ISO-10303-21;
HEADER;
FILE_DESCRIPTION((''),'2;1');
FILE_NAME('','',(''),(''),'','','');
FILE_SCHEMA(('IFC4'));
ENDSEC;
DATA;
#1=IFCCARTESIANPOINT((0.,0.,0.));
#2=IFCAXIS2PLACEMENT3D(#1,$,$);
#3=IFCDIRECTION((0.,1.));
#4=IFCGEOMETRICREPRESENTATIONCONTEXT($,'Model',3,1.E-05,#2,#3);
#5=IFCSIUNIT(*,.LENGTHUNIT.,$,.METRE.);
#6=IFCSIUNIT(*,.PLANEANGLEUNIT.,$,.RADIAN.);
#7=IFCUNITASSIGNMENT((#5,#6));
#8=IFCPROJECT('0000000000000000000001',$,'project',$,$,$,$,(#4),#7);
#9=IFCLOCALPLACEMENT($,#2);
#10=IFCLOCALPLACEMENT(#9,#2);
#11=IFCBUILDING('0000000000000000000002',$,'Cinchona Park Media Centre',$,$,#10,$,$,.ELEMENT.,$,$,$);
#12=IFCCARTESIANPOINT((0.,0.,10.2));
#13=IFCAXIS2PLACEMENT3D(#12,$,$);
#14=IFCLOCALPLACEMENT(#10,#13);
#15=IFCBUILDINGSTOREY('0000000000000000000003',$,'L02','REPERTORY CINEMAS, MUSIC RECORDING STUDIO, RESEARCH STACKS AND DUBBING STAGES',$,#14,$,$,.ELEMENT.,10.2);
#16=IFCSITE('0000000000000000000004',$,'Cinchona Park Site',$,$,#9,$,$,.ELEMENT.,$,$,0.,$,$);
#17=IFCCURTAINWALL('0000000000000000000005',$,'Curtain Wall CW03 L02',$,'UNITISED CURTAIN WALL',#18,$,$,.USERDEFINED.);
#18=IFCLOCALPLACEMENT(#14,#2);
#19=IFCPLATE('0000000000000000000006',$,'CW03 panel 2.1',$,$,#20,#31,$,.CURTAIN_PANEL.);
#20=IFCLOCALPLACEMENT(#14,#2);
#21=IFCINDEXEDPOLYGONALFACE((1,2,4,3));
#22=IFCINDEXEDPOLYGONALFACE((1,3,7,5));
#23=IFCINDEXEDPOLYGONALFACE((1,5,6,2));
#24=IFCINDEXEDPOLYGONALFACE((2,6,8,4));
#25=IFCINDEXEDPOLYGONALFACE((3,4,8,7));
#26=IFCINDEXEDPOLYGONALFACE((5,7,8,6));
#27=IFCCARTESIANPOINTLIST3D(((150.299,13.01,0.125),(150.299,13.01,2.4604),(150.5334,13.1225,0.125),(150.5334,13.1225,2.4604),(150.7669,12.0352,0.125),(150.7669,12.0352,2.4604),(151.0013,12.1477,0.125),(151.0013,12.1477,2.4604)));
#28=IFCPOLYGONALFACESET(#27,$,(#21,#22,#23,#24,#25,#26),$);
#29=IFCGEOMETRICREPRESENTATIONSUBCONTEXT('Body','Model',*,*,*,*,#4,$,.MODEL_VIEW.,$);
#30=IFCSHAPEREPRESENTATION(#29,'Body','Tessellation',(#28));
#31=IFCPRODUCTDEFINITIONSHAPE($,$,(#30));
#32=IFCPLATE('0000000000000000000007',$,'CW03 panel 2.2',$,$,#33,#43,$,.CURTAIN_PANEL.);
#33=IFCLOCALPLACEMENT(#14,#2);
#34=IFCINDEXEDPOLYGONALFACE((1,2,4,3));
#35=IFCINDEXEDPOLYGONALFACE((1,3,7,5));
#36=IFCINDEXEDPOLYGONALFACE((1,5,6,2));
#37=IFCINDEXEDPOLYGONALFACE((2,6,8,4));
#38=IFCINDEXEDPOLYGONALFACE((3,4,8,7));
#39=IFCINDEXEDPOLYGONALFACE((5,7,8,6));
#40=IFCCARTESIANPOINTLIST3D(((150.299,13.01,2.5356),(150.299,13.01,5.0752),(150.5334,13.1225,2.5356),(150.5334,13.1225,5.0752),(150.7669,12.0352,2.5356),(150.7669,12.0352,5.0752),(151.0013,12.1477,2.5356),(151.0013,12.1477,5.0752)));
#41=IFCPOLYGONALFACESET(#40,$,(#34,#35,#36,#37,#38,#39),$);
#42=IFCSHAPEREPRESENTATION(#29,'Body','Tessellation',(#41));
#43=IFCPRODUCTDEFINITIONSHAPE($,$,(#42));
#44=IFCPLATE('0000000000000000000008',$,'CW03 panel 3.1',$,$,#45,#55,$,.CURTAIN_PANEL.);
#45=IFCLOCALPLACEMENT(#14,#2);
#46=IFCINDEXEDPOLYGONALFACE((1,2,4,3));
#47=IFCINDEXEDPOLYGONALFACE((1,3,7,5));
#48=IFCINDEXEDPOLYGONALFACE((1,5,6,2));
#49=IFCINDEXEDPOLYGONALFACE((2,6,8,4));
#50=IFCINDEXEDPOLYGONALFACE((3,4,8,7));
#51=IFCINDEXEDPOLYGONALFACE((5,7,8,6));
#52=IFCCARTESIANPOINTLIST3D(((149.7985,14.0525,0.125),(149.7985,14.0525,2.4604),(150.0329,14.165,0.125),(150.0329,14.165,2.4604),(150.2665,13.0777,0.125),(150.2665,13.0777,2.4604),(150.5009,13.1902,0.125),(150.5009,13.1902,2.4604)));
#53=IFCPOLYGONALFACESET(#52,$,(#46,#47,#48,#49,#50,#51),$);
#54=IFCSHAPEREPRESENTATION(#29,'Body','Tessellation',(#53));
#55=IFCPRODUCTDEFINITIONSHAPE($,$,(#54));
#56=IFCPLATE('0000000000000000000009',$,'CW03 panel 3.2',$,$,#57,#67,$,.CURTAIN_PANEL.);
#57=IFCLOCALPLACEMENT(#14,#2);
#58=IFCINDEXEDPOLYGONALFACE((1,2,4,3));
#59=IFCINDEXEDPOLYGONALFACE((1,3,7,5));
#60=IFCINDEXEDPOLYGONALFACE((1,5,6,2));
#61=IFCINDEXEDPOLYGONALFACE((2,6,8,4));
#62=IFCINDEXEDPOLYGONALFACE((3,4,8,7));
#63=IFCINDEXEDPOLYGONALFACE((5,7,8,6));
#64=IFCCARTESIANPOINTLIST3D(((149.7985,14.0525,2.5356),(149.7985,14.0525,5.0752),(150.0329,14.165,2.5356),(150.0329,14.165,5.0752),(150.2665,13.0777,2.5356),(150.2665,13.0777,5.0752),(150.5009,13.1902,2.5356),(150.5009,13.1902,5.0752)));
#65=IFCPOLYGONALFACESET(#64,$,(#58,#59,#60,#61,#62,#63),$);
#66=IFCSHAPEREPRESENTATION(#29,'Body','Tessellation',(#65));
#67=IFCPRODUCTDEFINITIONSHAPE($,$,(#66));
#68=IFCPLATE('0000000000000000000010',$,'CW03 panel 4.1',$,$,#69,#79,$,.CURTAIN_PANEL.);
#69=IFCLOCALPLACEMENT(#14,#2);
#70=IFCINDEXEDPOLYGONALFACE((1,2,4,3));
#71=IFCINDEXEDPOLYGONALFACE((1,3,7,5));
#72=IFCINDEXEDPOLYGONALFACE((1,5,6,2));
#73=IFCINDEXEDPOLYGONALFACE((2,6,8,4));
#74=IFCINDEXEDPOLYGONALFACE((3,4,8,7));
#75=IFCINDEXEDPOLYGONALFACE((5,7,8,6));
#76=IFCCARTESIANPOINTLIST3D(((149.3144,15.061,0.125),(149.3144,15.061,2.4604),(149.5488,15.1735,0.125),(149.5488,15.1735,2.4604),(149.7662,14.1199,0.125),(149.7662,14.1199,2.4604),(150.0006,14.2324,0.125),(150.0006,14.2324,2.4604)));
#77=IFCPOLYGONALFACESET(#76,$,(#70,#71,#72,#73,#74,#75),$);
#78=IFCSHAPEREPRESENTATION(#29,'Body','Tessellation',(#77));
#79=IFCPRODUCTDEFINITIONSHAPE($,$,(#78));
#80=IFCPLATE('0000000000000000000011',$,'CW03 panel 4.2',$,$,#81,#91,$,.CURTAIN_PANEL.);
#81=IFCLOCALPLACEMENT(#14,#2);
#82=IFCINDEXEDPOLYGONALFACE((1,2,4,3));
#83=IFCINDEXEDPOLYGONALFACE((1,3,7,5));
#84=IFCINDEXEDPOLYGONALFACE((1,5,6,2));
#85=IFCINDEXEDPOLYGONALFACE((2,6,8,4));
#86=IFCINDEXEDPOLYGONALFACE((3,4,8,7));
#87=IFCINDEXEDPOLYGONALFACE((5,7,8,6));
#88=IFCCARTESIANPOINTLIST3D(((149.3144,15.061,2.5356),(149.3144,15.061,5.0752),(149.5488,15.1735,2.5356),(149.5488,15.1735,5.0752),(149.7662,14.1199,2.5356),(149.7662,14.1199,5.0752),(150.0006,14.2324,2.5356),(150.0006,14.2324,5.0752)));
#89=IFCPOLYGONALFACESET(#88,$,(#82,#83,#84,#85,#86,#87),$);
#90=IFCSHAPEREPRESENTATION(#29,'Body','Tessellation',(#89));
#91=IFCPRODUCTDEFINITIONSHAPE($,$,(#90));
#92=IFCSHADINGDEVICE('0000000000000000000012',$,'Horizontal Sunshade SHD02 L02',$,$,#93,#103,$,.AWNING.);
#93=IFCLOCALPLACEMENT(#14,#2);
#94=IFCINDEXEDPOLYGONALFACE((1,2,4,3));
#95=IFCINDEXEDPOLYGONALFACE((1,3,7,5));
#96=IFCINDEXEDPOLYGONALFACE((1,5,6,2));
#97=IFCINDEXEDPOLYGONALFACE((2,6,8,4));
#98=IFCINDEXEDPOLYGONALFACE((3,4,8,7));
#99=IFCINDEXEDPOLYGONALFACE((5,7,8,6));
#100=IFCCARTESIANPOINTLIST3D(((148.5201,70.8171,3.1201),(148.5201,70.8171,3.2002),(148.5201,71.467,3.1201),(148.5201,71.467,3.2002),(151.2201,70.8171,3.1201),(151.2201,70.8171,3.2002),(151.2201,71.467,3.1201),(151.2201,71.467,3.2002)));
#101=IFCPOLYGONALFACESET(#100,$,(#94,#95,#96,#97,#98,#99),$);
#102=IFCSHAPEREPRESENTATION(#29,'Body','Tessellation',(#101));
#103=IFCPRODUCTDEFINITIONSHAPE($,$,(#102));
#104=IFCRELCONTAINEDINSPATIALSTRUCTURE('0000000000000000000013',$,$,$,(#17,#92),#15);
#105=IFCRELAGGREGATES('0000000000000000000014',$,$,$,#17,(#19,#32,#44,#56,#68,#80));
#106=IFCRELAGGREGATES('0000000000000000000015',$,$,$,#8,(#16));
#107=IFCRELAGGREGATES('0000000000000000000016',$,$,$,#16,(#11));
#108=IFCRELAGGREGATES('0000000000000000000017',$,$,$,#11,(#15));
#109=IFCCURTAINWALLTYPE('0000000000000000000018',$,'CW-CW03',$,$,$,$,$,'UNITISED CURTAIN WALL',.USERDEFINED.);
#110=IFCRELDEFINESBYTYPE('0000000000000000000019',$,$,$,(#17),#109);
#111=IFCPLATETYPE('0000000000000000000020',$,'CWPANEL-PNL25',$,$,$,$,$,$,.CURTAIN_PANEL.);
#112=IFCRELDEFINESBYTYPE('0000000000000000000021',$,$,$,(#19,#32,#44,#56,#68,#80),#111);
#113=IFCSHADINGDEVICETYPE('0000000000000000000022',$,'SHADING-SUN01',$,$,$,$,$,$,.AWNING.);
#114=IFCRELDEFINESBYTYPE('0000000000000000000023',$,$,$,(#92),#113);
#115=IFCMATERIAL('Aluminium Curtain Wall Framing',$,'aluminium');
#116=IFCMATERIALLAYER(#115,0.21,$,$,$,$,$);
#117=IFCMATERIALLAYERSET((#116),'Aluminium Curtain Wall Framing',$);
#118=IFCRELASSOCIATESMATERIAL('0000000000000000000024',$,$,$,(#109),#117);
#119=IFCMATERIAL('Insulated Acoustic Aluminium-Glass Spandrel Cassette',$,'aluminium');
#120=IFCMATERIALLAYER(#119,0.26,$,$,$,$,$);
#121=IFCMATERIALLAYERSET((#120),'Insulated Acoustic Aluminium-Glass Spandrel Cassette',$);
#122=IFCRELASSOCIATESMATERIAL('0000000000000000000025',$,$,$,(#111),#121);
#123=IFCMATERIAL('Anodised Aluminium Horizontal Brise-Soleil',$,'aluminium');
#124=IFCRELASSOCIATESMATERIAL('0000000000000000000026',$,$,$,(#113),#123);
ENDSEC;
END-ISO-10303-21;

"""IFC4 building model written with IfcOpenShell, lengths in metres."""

from ifc_helpers import new_model, si_unit, direction, frame, origin, origin_2d, place, context, subcontext, project, spatial, rectangle, extrude, material, layer, layer_set, type_object, element, aggregate, save


model = new_model("IFC4")

# Units and contexts
model_context = context("Model", 3, precision=1e-05, world=origin(), true_north=direction((0.0, 1.0)))
body_context = subcontext(model_context, "Body", "Model", "MODEL_VIEW")
ifc_project = project(units=[si_unit("LENGTHUNIT", "METRE"), si_unit("PLANEANGLEUNIT", "RADIAN")], contexts=[model_context])

# Site, building, storey
site_placement = place(None, origin())
site = spatial("IfcSite", under=ifc_project, at=site_placement, Name="Cinchona Park Site", CompositionType="ELEMENT", RefElevation=0.0)
building_placement = place(site_placement, origin())
building = spatial("IfcBuilding", under=site, at=building_placement, Name="Cinchona Park Media Centre", CompositionType="ELEMENT")
storey_placement = place(building_placement, frame((0.0, 0.0, 10.2)))
storey = spatial("IfcBuildingStorey", under=building, at=storey_placement, Name="L02", Description="REPERTORY CINEMAS, MUSIC RECORDING STUDIO, RESEARCH STACKS AND DUBBING STAGES", CompositionType="ELEMENT", Elevation=10.2)

# Curtain wall, plates
ifc_material_1 = material(Name="Aluminium Curtain Wall Framing", Category="aluminium")
ifc_layer_1 = layer(ifc_material_1, 0.21)
ifc_layer_set_1 = layer_set([ifc_layer_1], Name="Aluminium Curtain Wall Framing")
curtain_wall_type_1 = type_object("IfcCurtainWallType", Name="CW-CW03", ElementType="UNITISED CURTAIN WALL", PredefinedType="USERDEFINED", material=ifc_layer_set_1)
curtain_wall_1_placement = place(storey_placement, origin())
curtain_wall_1 = element("IfcCurtainWall", 1, at=curtain_wall_1_placement, inside=storey, type_object=curtain_wall_type_1, Name="Curtain Wall CW03 L02", ObjectType="UNITISED CURTAIN WALL", PredefinedType="USERDEFINED")
ifc_material_2 = material(Name="Insulated Acoustic Aluminium-Glass Spandrel Cassette", Category="aluminium")
ifc_layer_2 = layer(ifc_material_2, 0.26)
ifc_layer_set_2 = layer_set([ifc_layer_2], Name="Insulated Acoustic Aluminium-Glass Spandrel Cassette")
plate_type = type_object("IfcPlateType", Name="CWPANEL-PNL25", PredefinedType="CURTAIN_PANEL", material=ifc_layer_set_2)
plate_1_placement = place(storey_placement, frame((150.6501, 12.5789, 0.125), z_axis=(0.0, 0.0, 1.0), x_axis=(-0.432801, 0.901489, 0.0)))
plate_1 = element("IfcPlate", 2, at=plate_1_placement, type_object=plate_type, Name="CW03 panel 2.1", PredefinedType="CURTAIN_PANEL", context=body_context, shape_type="SweptSolid", body=[
    extrude(rectangle(XDim=1.0813, YDim=0.26, at=origin_2d()), origin(), (0.0, 0.0, 1.0), 2.3354),
])
plate_2_placement = place(storey_placement, frame((150.6501, 12.5789, 2.5356), z_axis=(0.0, 0.0, 1.0), x_axis=(-0.432801, 0.901489, 0.0)))
plate_2 = element("IfcPlate", 3, at=plate_2_placement, type_object=plate_type, Name="CW03 panel 2.2", PredefinedType="CURTAIN_PANEL", context=body_context, shape_type="SweptSolid", body=[
    extrude(rectangle(XDim=1.0813, YDim=0.26, at=origin_2d()), origin(), (0.0, 0.0, 1.0), 2.5396),
])
plate_3_placement = place(storey_placement, frame((150.1497, 13.6213, 0.125), z_axis=(0.0, 0.0, 1.0), x_axis=(-0.432801, 0.901489, 0.0)))
plate_3 = element("IfcPlate", 4, at=plate_3_placement, type_object=plate_type, Name="CW03 panel 3.1", PredefinedType="CURTAIN_PANEL", context=body_context, shape_type="SweptSolid", body=[
    extrude(rectangle(XDim=1.0813, YDim=0.26, at=origin_2d()), origin(), (0.0, 0.0, 1.0), 2.3354),
])
plate_4_placement = place(storey_placement, frame((150.1497, 13.6213, 2.5356), z_axis=(0.0, 0.0, 1.0), x_axis=(-0.432801, 0.901489, 0.0)))
plate_4 = element("IfcPlate", 5, at=plate_4_placement, type_object=plate_type, Name="CW03 panel 3.2", PredefinedType="CURTAIN_PANEL", context=body_context, shape_type="SweptSolid", body=[
    extrude(rectangle(XDim=1.0813, YDim=0.26, at=origin_2d()), origin(), (0.0, 0.0, 1.0), 2.5396),
])
plate_5_placement = place(storey_placement, frame((149.6575, 14.6467, 0.125), z_axis=(0.0, 0.0, 1.0), x_axis=(-0.432801, 0.901489, 0.0)))
plate_5 = element("IfcPlate", 6, at=plate_5_placement, type_object=plate_type, Name="CW03 panel 4.1", PredefinedType="CURTAIN_PANEL", context=body_context, shape_type="SweptSolid", body=[
    extrude(rectangle(XDim=1.0439, YDim=0.26, at=origin_2d()), origin(), (0.0, 0.0, 1.0), 2.3354),
])
plate_6_placement = place(storey_placement, frame((149.6575, 14.6467, 2.5356), z_axis=(0.0, 0.0, 1.0), x_axis=(-0.432801, 0.901489, 0.0)))
plate_6 = element("IfcPlate", 7, at=plate_6_placement, type_object=plate_type, Name="CW03 panel 4.2", PredefinedType="CURTAIN_PANEL", context=body_context, shape_type="SweptSolid", body=[
    extrude(rectangle(XDim=1.0439, YDim=0.26, at=origin_2d()), origin(), (0.0, 0.0, 1.0), 2.5396),
])
aggregate(curtain_wall_1, [plate_1, plate_2, plate_3, plate_4, plate_5, plate_6])

# Shading device
ifc_material_3 = material(Name="Anodised Aluminium Horizontal Brise-Soleil", Category="aluminium")
shading_device_type = type_object("IfcShadingDeviceType", Name="SHADING-SUN01", PredefinedType="AWNING", material=ifc_material_3)
shading_device_placement = place(storey_placement, frame((149.8701, 71.1421, 3.1201), z_axis=(0.0, 0.0, 1.0), x_axis=(-1.0, 0.0, 0.0)))
element("IfcShadingDevice", 8, at=shading_device_placement, inside=storey, type_object=shading_device_type, Name="Horizontal Sunshade SHD02 L02", PredefinedType="AWNING", context=body_context, shape_type="SweptSolid", body=[
    extrude(rectangle(XDim=2.7, YDim=0.6499, at=origin_2d()), origin(), (0.0, 0.0, 1.0), 0.0801),
])

save(model, "model.ifc")
